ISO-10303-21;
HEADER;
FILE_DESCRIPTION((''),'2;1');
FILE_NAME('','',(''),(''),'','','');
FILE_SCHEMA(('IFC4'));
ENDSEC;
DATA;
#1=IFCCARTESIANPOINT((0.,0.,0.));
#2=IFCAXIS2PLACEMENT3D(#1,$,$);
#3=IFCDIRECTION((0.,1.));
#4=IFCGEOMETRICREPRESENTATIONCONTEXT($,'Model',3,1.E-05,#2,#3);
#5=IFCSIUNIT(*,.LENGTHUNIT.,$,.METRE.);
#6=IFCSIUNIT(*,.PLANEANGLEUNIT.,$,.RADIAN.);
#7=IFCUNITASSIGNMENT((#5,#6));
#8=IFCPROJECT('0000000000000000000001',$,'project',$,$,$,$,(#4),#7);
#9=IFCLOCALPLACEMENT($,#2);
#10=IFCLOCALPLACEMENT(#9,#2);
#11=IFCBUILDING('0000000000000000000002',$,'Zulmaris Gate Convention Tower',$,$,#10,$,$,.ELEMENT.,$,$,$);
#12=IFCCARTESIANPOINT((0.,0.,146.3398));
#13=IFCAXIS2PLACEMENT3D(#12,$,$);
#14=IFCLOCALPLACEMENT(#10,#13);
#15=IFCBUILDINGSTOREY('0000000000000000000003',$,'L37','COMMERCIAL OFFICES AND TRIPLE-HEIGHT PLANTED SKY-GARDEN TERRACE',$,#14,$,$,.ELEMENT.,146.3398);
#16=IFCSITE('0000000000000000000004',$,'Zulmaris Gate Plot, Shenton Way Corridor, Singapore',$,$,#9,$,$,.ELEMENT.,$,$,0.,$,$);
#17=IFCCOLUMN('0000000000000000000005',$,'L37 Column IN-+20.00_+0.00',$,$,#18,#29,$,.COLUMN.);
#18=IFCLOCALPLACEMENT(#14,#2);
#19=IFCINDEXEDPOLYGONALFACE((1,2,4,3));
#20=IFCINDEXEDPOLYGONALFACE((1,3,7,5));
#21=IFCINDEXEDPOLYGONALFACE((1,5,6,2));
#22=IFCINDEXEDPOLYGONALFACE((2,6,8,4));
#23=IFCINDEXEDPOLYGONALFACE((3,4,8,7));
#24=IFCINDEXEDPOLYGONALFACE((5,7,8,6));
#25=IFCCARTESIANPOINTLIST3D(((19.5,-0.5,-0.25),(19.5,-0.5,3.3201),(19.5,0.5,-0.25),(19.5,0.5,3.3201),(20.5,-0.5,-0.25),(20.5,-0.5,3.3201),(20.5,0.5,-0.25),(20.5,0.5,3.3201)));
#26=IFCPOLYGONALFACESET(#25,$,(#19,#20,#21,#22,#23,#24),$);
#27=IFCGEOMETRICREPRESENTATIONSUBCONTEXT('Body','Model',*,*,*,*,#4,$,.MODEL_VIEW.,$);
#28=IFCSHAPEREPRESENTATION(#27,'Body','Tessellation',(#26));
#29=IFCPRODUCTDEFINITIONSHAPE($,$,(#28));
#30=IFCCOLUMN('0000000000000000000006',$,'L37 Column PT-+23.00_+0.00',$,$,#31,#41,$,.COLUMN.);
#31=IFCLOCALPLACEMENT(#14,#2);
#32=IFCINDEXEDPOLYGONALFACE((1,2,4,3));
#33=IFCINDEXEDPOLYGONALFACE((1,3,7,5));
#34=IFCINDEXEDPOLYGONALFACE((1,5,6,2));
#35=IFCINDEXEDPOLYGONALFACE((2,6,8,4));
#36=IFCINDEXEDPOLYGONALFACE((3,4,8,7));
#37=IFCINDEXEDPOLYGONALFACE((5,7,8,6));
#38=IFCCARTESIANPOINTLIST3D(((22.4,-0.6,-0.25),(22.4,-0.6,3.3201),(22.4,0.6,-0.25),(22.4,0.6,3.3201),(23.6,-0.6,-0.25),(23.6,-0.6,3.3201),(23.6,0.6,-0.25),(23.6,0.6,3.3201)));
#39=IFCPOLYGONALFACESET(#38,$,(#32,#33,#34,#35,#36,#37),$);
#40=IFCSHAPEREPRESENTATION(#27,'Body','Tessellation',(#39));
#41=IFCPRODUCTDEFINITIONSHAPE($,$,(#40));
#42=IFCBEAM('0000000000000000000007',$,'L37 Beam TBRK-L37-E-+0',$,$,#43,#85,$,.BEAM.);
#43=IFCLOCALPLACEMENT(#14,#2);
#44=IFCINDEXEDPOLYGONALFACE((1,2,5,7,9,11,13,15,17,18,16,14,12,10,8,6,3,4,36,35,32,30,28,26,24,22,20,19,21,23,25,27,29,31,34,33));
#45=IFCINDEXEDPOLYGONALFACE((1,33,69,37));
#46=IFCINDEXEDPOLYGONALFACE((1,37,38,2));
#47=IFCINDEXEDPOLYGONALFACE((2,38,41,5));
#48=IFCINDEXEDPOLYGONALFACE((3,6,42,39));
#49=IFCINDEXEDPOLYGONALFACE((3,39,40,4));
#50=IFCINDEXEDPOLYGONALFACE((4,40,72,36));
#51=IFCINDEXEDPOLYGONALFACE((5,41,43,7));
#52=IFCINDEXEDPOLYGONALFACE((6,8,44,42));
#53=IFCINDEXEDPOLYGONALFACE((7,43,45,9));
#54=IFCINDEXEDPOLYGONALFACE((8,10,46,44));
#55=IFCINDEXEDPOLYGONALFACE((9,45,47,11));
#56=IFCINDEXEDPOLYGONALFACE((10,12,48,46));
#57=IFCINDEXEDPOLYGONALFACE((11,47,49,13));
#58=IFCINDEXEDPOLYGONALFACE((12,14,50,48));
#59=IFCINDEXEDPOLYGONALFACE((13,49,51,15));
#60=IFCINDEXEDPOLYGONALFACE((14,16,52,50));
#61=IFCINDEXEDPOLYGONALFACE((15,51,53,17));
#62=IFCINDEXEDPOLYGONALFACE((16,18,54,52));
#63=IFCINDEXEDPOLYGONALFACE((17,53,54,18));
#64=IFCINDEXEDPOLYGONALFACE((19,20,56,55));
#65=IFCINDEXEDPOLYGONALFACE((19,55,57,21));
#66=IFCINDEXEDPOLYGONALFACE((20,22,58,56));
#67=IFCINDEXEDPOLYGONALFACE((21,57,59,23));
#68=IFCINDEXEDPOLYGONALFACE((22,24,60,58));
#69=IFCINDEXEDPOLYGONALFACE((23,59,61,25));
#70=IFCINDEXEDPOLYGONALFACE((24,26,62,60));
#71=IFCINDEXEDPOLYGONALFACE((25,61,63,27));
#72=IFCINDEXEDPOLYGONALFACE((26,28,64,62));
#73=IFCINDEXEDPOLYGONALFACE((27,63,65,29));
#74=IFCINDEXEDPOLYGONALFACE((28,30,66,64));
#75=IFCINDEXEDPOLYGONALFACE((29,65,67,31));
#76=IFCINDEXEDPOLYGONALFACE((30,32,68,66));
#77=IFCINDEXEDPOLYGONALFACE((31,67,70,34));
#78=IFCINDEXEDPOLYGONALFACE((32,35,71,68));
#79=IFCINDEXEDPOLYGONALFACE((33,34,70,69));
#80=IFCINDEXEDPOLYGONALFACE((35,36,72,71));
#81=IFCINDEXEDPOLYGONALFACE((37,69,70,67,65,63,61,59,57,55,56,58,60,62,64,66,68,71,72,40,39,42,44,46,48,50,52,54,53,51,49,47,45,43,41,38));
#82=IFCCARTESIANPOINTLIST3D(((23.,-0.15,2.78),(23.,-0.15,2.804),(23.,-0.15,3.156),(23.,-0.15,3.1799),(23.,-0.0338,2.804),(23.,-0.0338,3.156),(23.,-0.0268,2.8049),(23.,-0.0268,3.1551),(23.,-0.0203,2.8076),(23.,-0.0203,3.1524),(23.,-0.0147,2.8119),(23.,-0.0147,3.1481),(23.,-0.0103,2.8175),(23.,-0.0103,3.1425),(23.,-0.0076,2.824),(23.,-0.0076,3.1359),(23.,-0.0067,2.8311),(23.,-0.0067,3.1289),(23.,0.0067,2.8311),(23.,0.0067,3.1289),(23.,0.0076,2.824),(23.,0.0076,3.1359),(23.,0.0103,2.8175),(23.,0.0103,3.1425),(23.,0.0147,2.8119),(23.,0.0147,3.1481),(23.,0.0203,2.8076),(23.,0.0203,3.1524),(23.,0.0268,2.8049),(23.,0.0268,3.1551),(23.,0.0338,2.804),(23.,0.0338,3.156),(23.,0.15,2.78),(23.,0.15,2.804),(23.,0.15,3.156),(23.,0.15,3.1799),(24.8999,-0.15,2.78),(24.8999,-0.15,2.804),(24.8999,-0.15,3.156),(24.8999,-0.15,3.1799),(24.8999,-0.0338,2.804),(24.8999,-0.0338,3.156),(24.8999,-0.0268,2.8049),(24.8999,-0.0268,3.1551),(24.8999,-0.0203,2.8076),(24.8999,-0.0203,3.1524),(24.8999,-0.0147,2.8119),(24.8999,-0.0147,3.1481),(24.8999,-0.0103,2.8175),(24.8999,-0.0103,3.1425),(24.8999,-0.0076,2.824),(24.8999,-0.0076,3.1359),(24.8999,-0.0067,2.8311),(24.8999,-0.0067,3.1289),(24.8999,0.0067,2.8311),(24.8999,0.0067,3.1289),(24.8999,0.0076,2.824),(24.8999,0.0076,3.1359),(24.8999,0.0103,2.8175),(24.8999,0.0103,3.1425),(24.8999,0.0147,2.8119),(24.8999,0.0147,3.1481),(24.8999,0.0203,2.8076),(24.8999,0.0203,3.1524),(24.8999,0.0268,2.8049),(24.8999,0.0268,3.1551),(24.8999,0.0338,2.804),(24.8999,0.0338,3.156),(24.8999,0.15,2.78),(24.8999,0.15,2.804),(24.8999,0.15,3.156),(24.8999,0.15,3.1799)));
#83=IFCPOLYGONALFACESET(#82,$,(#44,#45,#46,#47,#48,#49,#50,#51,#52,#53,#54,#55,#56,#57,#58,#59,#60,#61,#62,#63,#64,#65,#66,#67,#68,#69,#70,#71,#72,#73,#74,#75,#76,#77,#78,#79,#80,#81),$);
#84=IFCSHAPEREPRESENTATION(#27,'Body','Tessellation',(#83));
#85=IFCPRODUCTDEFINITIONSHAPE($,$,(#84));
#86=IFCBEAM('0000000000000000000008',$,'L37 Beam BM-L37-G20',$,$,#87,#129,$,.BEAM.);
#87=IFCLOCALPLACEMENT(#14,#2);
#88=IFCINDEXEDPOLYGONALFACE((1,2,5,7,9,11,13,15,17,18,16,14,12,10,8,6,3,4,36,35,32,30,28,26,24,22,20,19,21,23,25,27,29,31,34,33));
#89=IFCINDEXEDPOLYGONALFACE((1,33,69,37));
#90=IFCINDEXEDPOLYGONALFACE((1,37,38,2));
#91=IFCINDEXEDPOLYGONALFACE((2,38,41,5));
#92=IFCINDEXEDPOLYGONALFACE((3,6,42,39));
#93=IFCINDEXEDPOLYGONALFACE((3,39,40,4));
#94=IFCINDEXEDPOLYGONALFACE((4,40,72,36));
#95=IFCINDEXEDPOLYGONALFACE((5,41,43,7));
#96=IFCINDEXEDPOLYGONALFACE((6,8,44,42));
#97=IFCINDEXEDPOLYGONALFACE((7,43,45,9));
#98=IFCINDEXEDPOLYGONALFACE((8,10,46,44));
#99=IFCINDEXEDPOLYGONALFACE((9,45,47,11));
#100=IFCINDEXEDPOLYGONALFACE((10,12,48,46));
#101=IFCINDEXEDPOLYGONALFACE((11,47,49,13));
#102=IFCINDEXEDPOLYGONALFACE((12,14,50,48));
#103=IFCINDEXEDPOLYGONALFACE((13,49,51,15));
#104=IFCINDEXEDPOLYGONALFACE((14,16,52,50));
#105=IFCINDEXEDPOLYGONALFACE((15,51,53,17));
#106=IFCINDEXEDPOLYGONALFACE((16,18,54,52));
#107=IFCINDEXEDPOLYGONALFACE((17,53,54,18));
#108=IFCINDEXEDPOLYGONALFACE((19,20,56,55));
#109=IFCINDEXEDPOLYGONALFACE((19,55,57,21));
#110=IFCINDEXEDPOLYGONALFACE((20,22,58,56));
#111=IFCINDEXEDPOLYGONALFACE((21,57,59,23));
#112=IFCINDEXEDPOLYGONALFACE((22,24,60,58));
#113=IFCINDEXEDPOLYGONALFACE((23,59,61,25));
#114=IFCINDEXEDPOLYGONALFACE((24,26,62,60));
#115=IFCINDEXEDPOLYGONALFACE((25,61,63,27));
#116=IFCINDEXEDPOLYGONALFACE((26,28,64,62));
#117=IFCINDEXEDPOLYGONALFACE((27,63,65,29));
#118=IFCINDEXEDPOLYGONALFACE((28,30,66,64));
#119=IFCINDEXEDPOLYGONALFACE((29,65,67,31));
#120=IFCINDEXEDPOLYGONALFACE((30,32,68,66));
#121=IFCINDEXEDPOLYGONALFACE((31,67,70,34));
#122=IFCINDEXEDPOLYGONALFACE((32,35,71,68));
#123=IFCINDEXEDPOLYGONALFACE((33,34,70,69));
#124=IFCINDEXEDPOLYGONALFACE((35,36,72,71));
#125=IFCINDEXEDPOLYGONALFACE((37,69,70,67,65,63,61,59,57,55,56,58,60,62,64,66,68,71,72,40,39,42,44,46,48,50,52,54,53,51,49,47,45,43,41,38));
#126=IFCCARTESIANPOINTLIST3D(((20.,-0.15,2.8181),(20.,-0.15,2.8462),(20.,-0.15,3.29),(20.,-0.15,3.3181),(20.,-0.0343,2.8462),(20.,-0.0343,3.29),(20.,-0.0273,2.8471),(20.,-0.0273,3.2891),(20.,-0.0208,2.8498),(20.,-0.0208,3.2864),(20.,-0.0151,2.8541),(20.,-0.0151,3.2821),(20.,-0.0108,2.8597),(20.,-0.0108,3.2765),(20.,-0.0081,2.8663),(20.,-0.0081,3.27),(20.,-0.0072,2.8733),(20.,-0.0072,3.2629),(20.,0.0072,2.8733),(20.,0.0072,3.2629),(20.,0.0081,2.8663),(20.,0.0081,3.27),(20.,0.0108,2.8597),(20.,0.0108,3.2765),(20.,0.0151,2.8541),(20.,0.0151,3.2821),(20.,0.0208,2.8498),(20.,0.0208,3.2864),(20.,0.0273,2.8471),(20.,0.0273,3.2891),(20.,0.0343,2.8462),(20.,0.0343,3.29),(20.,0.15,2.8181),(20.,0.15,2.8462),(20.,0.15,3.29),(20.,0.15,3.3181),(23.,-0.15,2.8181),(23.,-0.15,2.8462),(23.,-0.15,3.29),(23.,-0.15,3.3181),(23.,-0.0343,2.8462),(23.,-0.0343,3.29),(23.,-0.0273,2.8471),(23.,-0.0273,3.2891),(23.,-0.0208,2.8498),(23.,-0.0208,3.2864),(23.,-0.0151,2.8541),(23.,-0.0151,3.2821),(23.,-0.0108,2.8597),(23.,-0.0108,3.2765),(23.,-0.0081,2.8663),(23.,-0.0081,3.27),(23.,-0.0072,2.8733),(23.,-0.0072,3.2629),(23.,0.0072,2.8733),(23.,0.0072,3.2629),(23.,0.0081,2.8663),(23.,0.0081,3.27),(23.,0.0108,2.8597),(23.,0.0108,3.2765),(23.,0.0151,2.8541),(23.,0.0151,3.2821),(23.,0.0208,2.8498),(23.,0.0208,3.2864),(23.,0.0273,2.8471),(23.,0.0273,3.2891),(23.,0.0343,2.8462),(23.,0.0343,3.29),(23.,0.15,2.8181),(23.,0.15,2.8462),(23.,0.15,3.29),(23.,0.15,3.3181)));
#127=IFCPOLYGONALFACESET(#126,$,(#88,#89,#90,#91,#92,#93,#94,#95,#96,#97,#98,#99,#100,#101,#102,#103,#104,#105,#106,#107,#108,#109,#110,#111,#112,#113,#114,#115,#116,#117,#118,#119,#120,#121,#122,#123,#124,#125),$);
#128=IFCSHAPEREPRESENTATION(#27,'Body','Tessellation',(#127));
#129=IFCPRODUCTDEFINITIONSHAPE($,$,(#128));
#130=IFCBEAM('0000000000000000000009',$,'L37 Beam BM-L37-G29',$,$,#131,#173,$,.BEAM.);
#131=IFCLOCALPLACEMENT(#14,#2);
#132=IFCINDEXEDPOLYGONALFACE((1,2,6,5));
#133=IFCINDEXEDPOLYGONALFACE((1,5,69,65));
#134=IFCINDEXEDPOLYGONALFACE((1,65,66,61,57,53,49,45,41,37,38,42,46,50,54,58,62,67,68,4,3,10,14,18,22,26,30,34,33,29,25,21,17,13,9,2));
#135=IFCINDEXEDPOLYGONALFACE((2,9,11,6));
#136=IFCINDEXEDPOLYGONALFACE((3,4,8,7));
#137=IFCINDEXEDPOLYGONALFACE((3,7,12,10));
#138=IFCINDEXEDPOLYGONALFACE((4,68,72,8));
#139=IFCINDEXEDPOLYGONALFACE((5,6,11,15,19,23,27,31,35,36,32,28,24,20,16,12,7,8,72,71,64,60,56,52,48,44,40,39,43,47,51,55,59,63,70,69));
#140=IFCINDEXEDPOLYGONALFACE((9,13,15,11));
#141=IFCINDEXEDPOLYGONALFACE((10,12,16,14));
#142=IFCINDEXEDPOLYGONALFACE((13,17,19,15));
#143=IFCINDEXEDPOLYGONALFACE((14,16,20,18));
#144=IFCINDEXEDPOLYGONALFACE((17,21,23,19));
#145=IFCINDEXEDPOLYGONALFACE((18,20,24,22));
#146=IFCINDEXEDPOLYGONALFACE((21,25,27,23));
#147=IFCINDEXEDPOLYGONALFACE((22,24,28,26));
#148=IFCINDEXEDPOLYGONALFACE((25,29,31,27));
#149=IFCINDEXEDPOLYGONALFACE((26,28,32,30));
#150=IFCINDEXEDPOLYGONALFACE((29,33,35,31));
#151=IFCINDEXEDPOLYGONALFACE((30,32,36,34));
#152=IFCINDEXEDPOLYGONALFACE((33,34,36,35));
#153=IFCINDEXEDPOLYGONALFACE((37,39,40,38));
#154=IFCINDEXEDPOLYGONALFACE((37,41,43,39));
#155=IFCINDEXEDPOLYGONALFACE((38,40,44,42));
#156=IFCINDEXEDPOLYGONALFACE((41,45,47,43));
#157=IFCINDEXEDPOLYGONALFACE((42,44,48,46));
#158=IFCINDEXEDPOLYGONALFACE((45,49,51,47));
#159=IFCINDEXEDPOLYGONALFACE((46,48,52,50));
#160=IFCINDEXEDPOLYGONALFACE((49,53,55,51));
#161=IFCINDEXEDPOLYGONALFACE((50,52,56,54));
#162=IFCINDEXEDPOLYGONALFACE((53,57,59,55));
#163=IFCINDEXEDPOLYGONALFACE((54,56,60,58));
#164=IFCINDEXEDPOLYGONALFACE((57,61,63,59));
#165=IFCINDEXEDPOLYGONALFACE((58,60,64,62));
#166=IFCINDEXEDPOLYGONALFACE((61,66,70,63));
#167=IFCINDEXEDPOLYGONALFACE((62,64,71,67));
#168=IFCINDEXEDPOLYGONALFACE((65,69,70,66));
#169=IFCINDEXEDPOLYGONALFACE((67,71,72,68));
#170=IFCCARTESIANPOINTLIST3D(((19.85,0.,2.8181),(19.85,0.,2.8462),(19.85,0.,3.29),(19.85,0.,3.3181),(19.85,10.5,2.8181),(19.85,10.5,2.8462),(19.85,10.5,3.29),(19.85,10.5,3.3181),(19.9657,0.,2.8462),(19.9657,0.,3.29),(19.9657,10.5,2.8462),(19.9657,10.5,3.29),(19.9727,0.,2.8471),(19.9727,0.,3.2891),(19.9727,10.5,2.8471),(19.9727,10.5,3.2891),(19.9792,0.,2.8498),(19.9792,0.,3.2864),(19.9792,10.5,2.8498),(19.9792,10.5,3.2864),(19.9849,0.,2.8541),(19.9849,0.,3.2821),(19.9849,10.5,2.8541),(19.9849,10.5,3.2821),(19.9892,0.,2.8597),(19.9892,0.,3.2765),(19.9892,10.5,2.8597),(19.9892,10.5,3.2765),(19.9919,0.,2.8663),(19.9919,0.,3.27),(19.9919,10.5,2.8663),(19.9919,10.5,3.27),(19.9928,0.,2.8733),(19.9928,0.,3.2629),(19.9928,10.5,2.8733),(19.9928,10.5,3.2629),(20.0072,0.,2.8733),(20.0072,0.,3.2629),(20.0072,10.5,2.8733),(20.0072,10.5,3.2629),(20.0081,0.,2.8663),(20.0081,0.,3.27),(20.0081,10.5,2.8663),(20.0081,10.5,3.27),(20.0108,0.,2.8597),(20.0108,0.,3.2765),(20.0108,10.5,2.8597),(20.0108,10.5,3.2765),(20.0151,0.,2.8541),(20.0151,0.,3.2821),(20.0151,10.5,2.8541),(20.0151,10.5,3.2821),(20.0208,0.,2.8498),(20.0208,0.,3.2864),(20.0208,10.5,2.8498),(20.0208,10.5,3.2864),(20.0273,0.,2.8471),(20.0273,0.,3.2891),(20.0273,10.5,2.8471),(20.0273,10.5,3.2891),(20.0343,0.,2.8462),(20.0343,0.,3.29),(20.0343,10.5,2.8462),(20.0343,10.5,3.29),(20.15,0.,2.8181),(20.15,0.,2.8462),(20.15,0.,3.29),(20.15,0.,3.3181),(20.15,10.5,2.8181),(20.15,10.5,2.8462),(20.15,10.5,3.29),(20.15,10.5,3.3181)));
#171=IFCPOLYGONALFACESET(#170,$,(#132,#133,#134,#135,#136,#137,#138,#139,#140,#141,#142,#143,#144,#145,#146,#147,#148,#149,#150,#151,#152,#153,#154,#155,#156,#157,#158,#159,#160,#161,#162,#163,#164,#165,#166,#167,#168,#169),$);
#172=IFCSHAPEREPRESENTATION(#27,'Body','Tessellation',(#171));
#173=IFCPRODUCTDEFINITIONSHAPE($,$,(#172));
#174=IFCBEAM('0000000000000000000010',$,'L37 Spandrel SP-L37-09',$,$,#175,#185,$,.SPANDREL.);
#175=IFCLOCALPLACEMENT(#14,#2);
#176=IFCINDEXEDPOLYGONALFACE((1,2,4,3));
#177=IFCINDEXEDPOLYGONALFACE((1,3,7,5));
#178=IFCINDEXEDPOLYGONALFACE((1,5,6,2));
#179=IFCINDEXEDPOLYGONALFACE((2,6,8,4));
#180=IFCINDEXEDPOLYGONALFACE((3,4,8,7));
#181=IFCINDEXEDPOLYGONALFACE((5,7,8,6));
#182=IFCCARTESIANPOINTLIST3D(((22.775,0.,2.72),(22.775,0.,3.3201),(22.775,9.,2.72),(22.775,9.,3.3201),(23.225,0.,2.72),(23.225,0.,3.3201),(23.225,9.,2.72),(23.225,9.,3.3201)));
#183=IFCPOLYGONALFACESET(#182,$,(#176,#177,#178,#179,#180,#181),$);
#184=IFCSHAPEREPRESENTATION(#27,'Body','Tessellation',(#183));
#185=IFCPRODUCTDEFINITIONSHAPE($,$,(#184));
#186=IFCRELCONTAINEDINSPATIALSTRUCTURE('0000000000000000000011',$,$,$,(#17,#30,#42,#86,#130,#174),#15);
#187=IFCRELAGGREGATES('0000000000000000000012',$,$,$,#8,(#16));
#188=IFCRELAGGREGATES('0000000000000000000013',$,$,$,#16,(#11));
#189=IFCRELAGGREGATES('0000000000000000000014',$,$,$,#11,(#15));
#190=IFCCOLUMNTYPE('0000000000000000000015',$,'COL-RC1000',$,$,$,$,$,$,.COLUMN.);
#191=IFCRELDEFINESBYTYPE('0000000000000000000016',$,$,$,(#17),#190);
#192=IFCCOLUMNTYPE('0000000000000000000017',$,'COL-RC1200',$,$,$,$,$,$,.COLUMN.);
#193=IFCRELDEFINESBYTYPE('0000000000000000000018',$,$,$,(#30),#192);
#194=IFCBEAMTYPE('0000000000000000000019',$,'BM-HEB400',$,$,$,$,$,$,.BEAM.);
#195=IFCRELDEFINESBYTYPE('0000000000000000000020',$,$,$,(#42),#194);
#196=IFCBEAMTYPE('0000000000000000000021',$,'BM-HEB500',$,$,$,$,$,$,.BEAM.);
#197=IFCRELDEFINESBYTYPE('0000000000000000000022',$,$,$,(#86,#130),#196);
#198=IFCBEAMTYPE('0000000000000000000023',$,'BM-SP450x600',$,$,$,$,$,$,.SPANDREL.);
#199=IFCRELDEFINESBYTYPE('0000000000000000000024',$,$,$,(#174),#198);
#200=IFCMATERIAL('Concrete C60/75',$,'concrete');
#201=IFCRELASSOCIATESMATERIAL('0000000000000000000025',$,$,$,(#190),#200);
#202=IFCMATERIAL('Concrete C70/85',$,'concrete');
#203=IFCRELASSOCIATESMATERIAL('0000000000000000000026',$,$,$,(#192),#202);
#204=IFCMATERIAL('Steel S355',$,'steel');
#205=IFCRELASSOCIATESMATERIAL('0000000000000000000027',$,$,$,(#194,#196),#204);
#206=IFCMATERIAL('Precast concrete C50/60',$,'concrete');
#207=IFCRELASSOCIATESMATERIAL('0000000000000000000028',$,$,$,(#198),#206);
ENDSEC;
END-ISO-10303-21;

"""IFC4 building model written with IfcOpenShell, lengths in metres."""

from ifc_helpers import new_model, si_unit, direction, frame, origin, origin_2d, place, context, subcontext, project, spatial, rectangle, i_section, extrude, material, material_profile, profile_set, type_object, element, save


model = new_model("IFC4")

# Units and contexts
model_context = context("Model", 3, precision=1e-05, world=origin(), true_north=direction((0.0, 1.0)))
body_context = subcontext(model_context, "Body", "Model", "MODEL_VIEW")
ifc_project = project(units=[si_unit("LENGTHUNIT", "METRE"), si_unit("PLANEANGLEUNIT", "RADIAN")], contexts=[model_context])

# Site, building, storey
site_placement = place(None, origin())
site = spatial("IfcSite", under=ifc_project, at=site_placement, Name="Zulmaris Gate Plot, Shenton Way Corridor, Singapore", CompositionType="ELEMENT", RefElevation=0.0)
building_placement = place(site_placement, origin())
building = spatial("IfcBuilding", under=site, at=building_placement, Name="Zulmaris Gate Convention Tower", CompositionType="ELEMENT")
storey_placement = place(building_placement, frame((0.0, 0.0, 146.3398)))
storey = spatial("IfcBuildingStorey", under=building, at=storey_placement, Name="L37", Description="COMMERCIAL OFFICES AND TRIPLE-HEIGHT PLANTED SKY-GARDEN TERRACE", CompositionType="ELEMENT", Elevation=146.3398)

# Columns
ifc_material_1 = material(Name="Concrete C60/75", Category="concrete")
ifc_material_profile_1 = material_profile(ifc_material_1, rectangle(XDim=1.0, YDim=1.0, at=origin_2d()), Name="RC COL 1000x1000")
ifc_profile_set_1 = profile_set([ifc_material_profile_1], Name="Concrete C60/75")
column_type_1 = type_object("IfcColumnType", Name="COL-RC1000", PredefinedType="COLUMN", material=ifc_profile_set_1)
column_1_placement = place(storey_placement, frame((20.0, 0.0, -0.25), z_axis=(0.0, 0.0, 1.0), x_axis=(1.0, 0.0, 0.0)))
element("IfcColumn", 1, at=column_1_placement, inside=storey, type_object=column_type_1, Name="L37 Column IN-+20.00_+0.00", PredefinedType="COLUMN", context=body_context, shape_type="SweptSolid", body=[
    extrude(rectangle(XDim=1.0, YDim=1.0, at=origin_2d()), origin(), (0.0, 0.0, 1.0), 3.5701),
])
ifc_material_2 = material(Name="Concrete C70/85", Category="concrete")
ifc_material_profile_2 = material_profile(ifc_material_2, rectangle(XDim=1.2, YDim=1.2, at=origin_2d()), Name="RC COL 1200x1200")
ifc_profile_set_2 = profile_set([ifc_material_profile_2], Name="Concrete C70/85")
column_type_2 = type_object("IfcColumnType", Name="COL-RC1200", PredefinedType="COLUMN", material=ifc_profile_set_2)
column_2_placement = place(storey_placement, frame((23.0, 0.0, -0.25), z_axis=(0.0, 0.0, 1.0), x_axis=(1.0, 0.0, 0.0)))
element("IfcColumn", 2, at=column_2_placement, inside=storey, type_object=column_type_2, Name="L37 Column PT-+23.00_+0.00", PredefinedType="COLUMN", context=body_context, shape_type="SweptSolid", body=[
    extrude(rectangle(XDim=1.2, YDim=1.2, at=origin_2d()), origin(), (0.0, 0.0, 1.0), 3.5701),
])

# Beams
ifc_material_3 = material(Name="Steel S355", Category="steel")
ifc_material_profile_3 = material_profile(ifc_material_3, i_section(OverallWidth=0.3, OverallDepth=0.3999, WebThickness=0.0134, FlangeThickness=0.0239, FilletRadius=0.0271, at=origin_2d()), Name="HEB 400")
ifc_profile_set_3 = profile_set([ifc_material_profile_3], Name="Steel S355")
beam_type_1 = type_object("IfcBeamType", Name="BM-HEB400", PredefinedType="BEAM", material=ifc_profile_set_3)
beam_1_placement = place(storey_placement, frame((23.0, 0.0, 2.98), z_axis=(1.0, 0.0, 0.0), x_axis=(0.0, 1.0, 0.0)))
element("IfcBeam", 3, at=beam_1_placement, inside=storey, type_object=beam_type_1, Name="L37 Beam TBRK-L37-E-+0", PredefinedType="BEAM", context=body_context, shape_type="SweptSolid", body=[
    extrude(i_section(OverallWidth=0.3, OverallDepth=0.3999, WebThickness=0.0134, FlangeThickness=0.0239, FilletRadius=0.0271, at=origin_2d()), origin(), (0.0, 0.0, 1.0), 1.8999),
])
ifc_material_profile_4 = material_profile(ifc_material_3, i_section(OverallWidth=0.3, OverallDepth=0.5, WebThickness=0.0144, FlangeThickness=0.0281, FilletRadius=0.0271, at=origin_2d()), Name="HEB 500")
ifc_profile_set_4 = profile_set([ifc_material_profile_4], Name="Steel S355")
beam_type_2 = type_object("IfcBeamType", Name="BM-HEB500", PredefinedType="BEAM", material=ifc_profile_set_4)
beam_2_placement = place(storey_placement, frame((20.0, 0.0, 3.0681), z_axis=(1.0, 0.0, 0.0), x_axis=(0.0, 1.0, 0.0)))
element("IfcBeam", 4, at=beam_2_placement, inside=storey, type_object=beam_type_2, Name="L37 Beam BM-L37-G20", PredefinedType="BEAM", context=body_context, shape_type="SweptSolid", body=[
    extrude(i_section(OverallWidth=0.3, OverallDepth=0.5, WebThickness=0.0144, FlangeThickness=0.0281, FilletRadius=0.0271, at=origin_2d()), origin(), (0.0, 0.0, 1.0), 3.0),
])
beam_3_placement = place(storey_placement, frame((20.0, 0.0, 3.0681), z_axis=(0.0, 1.0, 0.0), x_axis=(-1.0, 0.0, 0.0)))
element("IfcBeam", 5, at=beam_3_placement, inside=storey, type_object=beam_type_2, Name="L37 Beam BM-L37-G29", PredefinedType="BEAM", context=body_context, shape_type="SweptSolid", body=[
    extrude(i_section(OverallWidth=0.3, OverallDepth=0.5, WebThickness=0.0144, FlangeThickness=0.0281, FilletRadius=0.0271, at=origin_2d()), origin(), (0.0, 0.0, 1.0), 10.5),
])
ifc_material_4 = material(Name="Precast concrete C50/60", Category="concrete")
ifc_material_profile_5 = material_profile(ifc_material_4, rectangle(XDim=0.45, YDim=0.6001, at=origin_2d()), Name="RC SPANDREL 450x600")
ifc_profile_set_5 = profile_set([ifc_material_profile_5], Name="Precast concrete C50/60")
beam_type_3 = type_object("IfcBeamType", Name="BM-SP450x600", PredefinedType="SPANDREL", material=ifc_profile_set_5)
beam_4_placement = place(storey_placement, frame((23.0, 0.0, 3.02), z_axis=(0.0, 1.0, 0.0), x_axis=(-1.0, 0.0, 0.0)))
element("IfcBeam", 6, at=beam_4_placement, inside=storey, type_object=beam_type_3, Name="L37 Spandrel SP-L37-09", PredefinedType="SPANDREL", context=body_context, shape_type="SweptSolid", body=[
    extrude(rectangle(XDim=0.45, YDim=0.6001, at=origin_2d()), origin(), (0.0, 0.0, 1.0), 9.0),
])

save(model, "model.ifc")
